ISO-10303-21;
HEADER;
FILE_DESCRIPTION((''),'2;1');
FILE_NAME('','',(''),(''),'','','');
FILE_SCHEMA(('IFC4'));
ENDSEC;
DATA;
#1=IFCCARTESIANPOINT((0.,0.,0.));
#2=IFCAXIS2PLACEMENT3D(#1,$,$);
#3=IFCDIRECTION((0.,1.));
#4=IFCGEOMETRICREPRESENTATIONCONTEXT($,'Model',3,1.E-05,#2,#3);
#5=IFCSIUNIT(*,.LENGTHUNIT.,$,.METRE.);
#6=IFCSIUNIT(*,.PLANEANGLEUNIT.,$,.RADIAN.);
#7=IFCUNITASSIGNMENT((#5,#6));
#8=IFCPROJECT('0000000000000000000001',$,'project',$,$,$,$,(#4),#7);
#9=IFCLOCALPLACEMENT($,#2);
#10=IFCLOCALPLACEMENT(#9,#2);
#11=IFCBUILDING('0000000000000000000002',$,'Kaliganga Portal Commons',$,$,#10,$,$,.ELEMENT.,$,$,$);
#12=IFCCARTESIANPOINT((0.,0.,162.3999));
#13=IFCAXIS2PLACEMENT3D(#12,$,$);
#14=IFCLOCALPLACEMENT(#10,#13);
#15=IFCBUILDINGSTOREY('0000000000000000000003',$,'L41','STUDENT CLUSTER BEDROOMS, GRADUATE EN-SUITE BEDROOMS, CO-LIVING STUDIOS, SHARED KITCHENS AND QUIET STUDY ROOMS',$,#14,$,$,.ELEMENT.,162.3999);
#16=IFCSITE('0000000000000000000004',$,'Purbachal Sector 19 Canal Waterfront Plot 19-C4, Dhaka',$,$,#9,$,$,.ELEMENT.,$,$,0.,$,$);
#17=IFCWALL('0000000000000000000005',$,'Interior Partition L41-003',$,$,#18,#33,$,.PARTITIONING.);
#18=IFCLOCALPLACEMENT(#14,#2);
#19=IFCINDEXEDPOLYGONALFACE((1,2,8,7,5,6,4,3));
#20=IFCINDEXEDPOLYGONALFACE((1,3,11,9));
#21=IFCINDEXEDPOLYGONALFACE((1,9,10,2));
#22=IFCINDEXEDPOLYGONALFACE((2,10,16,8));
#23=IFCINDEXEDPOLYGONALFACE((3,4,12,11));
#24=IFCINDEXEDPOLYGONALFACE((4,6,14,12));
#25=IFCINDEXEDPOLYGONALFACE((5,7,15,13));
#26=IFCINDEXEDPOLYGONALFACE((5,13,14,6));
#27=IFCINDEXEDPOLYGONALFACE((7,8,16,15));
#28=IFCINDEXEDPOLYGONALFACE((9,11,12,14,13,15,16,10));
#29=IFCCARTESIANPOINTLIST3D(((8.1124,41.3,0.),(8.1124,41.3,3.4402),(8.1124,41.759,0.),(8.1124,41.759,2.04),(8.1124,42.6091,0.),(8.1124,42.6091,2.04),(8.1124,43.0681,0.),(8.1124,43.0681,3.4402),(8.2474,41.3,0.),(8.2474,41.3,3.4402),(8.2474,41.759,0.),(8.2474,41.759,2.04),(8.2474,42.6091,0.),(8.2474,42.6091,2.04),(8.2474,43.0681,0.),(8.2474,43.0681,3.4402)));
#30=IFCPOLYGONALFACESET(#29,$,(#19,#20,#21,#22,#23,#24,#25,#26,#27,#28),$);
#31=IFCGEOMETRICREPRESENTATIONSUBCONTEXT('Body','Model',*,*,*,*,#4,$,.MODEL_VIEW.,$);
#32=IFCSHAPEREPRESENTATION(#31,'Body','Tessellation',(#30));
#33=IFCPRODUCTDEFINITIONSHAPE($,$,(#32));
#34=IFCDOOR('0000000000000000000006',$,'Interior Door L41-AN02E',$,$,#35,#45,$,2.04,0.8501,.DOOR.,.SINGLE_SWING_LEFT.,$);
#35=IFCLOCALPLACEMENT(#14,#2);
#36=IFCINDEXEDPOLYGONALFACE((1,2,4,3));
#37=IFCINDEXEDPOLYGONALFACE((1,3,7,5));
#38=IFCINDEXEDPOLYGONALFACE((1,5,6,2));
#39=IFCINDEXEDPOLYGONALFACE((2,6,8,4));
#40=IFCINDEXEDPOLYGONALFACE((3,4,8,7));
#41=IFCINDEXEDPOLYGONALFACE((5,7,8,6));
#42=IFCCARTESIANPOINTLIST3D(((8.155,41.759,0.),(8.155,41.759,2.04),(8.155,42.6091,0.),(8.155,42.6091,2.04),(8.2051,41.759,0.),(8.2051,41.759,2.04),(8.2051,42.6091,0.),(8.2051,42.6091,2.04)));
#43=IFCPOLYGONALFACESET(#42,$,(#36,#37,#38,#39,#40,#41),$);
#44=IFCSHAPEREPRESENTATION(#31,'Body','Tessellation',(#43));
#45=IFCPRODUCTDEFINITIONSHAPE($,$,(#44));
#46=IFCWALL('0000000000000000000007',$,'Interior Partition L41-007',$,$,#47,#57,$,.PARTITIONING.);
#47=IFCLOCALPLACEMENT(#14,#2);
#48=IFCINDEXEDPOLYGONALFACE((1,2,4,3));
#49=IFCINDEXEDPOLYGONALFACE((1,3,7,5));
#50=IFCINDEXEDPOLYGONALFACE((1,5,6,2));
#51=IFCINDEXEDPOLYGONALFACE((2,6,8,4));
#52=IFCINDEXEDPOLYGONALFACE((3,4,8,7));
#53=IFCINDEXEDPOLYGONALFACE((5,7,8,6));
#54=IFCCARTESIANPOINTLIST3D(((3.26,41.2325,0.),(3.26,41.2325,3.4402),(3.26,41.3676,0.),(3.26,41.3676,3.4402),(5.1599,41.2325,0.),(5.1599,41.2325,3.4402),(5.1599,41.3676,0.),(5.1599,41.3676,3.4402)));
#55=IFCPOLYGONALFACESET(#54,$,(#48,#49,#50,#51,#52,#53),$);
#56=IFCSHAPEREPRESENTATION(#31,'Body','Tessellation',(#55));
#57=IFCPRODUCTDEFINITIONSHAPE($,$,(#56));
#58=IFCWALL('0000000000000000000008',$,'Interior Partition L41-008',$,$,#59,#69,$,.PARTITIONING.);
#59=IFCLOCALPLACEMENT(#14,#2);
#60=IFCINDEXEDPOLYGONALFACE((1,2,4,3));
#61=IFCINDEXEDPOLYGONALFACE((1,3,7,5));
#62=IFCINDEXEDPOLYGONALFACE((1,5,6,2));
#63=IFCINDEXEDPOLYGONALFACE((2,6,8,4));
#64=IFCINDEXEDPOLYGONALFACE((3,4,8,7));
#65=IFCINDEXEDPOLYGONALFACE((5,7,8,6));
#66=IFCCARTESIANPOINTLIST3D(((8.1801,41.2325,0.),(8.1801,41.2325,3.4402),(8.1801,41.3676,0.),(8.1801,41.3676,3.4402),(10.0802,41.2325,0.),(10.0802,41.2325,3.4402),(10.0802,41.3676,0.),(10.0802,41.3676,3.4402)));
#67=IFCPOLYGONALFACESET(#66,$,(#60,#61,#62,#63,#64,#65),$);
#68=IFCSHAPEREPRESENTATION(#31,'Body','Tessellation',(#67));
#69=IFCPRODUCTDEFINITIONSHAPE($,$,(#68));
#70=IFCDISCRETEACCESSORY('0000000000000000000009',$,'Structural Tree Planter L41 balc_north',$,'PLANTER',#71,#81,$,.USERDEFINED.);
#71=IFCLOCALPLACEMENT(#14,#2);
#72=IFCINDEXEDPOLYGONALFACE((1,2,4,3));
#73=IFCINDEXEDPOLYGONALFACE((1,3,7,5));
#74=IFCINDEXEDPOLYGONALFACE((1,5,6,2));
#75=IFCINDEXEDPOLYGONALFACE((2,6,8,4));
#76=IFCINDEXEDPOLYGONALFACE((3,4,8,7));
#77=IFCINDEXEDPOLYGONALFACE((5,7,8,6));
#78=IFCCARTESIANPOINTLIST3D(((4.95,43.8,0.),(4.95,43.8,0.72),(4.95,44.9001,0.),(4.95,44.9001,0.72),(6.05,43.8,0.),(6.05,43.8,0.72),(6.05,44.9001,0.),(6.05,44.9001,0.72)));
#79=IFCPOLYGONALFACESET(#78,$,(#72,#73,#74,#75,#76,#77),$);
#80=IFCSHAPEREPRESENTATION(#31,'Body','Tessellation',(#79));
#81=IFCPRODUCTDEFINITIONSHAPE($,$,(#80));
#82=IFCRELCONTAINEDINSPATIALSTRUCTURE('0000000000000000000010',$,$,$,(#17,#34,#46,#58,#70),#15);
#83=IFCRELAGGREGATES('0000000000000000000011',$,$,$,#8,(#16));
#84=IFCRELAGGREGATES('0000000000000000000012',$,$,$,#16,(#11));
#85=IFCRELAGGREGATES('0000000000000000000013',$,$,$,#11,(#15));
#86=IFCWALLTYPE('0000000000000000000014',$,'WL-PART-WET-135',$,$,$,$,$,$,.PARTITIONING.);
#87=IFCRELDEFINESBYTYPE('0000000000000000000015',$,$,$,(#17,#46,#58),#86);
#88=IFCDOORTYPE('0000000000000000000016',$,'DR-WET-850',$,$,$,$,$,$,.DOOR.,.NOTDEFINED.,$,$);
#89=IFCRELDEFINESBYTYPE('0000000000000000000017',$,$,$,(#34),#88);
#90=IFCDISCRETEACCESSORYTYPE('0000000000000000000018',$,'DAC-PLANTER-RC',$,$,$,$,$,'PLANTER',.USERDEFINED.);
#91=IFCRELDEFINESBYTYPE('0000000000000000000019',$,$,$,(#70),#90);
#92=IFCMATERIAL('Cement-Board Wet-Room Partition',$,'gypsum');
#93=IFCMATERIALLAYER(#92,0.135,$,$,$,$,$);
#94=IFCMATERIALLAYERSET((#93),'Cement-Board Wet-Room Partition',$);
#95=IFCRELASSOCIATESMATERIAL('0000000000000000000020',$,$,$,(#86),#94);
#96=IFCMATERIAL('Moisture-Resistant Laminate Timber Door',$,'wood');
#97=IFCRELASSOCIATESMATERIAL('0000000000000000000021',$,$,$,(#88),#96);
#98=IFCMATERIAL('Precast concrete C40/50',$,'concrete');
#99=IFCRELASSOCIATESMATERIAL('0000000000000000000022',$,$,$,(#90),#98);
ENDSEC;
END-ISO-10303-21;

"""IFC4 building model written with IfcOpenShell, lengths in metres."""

from ifc_helpers import new_model, si_unit, direction, frame, frame_2d, origin, origin_2d, place, context, subcontext, project, spatial, rectangle, extrude, source, transform, mapped, material, layer, layer_set, type_object, element, fill, save


model = new_model("IFC4")

# Units and contexts
model_context = context("Model", 3, precision=1e-05, world=origin(), true_north=direction((0.0, 1.0)))
body_context = subcontext(model_context, "Body", "Model", "MODEL_VIEW")
ifc_project = project(units=[si_unit("LENGTHUNIT", "METRE"), si_unit("PLANEANGLEUNIT", "RADIAN")], contexts=[model_context])

# Site, building, storey
site_placement = place(None, origin())
site = spatial("IfcSite", under=ifc_project, at=site_placement, Name="Purbachal Sector 19 Canal Waterfront Plot 19-C4, Dhaka", CompositionType="ELEMENT", RefElevation=0.0)
building_placement = place(site_placement, origin())
building = spatial("IfcBuilding", under=site, at=building_placement, Name="Kaliganga Portal Commons", CompositionType="ELEMENT")
storey_placement = place(building_placement, frame((0.0, 0.0, 162.3999)))
storey = spatial("IfcBuildingStorey", under=building, at=storey_placement, Name="L41", Description="STUDENT CLUSTER BEDROOMS, GRADUATE EN-SUITE BEDROOMS, CO-LIVING STUDIOS, SHARED KITCHENS AND QUIET STUDY ROOMS", CompositionType="ELEMENT", Elevation=162.3999)

# Shared definitions
ifc_material_1 = material(Name="Cement-Board Wet-Room Partition", Category="gypsum")
ifc_layer_1 = layer(ifc_material_1, 0.135)
ifc_layer_set_1 = layer_set([ifc_layer_1], Name="Cement-Board Wet-Room Partition")
wall_type_1 = type_object("IfcWallType", Name="WL-PART-WET-135", PredefinedType="PARTITIONING", material=ifc_layer_set_1)
ifc_material_2 = material(Name="Moisture-Resistant Laminate Timber Door", Category="wood")
door_type_1 = type_object("IfcDoorType", Name="DR-WET-850", OperationType="NOTDEFINED", PredefinedType="DOOR", material=ifc_material_2)

# Wall, opening, door
wall_1_placement = place(storey_placement, frame((8.1799, 41.3, 0.0), z_axis=(0.0, 0.0, 1.0), x_axis=(0.0, 1.0, 0.0)))
wall_1 = element("IfcWall", 1, at=wall_1_placement, inside=storey, type_object=wall_type_1, Name="Interior Partition L41-003", PredefinedType="PARTITIONING", context=body_context, shape_type="SweptSolid", body=[
    extrude(rectangle(XDim=1.7681, YDim=0.135, at=frame_2d((0.884, 0.0))), origin(), (0.0, 0.0, 1.0), 3.4402),
])
opening_1_placement = place(wall_1_placement, frame((0.459, 0.0, 0.0)))
opening_1 = element("IfcOpeningElement", 2, at=opening_1_placement, cuts=wall_1, PredefinedType="OPENING", context=body_context, shape_type="SweptSolid", body=[
    extrude(rectangle(XDim=0.8501, YDim=2.04, at=frame_2d((0.425, 1.02))), frame((0.0, 0.0776, 0.0), z_axis=(0.0, -1.0, 0.0), x_axis=(1.0, 0.0, 0.0)), (0.0, 0.0, 1.0), 0.155),
])
door_1_placement = place(opening_1_placement, origin())
door_1 = element("IfcDoor", 3, at=door_1_placement, inside=storey, type_object=door_type_1, Name="Interior Door L41-AN02E", OperationType="SINGLE_SWING_LEFT", OverallHeight=2.04, OverallWidth=0.8501, PredefinedType="DOOR", context=body_context, shape_type="SweptSolid", body=[
    extrude(rectangle(XDim=0.8501, YDim=2.04, at=frame_2d((0.425, 1.02))), frame((0.0, 0.0249, 0.0), z_axis=(0.0, -1.0, 0.0), x_axis=(1.0, 0.0, 0.0)), (0.0, 0.0, 1.0), 0.05),
])
fill(opening_1, door_1)

# Walls
wall_2_placement = place(storey_placement, frame((3.26, 41.3, 0.0), z_axis=(0.0, 0.0, 1.0), x_axis=(1.0, 0.0, 0.0)))
element("IfcWall", 4, at=wall_2_placement, inside=storey, type_object=wall_type_1, Name="Interior Partition L41-007", PredefinedType="PARTITIONING", context=body_context, shape_type="SweptSolid", body=[
    extrude(rectangle(XDim=1.8999, YDim=0.135, at=frame_2d((0.95, 0.0))), origin(), (0.0, 0.0, 1.0), 3.4402),
])
wall_3_placement = place(storey_placement, frame((8.1799, 41.3, 0.0), z_axis=(0.0, 0.0, 1.0), x_axis=(1.0, 0.0, 0.0)))
element("IfcWall", 5, at=wall_3_placement, inside=storey, type_object=wall_type_1, Name="Interior Partition L41-008", PredefinedType="PARTITIONING", context=body_context, shape_type="SweptSolid", body=[
    extrude(rectangle(XDim=1.9001, YDim=0.135, at=frame_2d((0.9502, 0.0))), origin(), (0.0, 0.0, 1.0), 3.4402),
])

# Discrete accessory
ifc_material_3 = material(Name="Precast concrete C40/50", Category="concrete")
discrete_accessory_type = type_object("IfcDiscreteAccessoryType", Name="DAC-PLANTER-RC", ElementType="PLANTER", PredefinedType="USERDEFINED", material=ifc_material_3)
shared_shape_1 = source(origin(), body_context, "Body", "SweptSolid", [
    extrude(rectangle(XDim=1.1001, YDim=1.1001, at=origin_2d()), origin(), (0.0, 0.0, 1.0), 0.72),
])
discrete_accessory_placement = place(storey_placement, frame((5.5, 44.3501, 0.0), z_axis=(0.0, 0.0, 1.0), x_axis=(1.0, 0.0, 0.0)))
element("IfcDiscreteAccessory", 6, at=discrete_accessory_placement, inside=storey, type_object=discrete_accessory_type, Name="Structural Tree Planter L41 balc_north", ObjectType="PLANTER", PredefinedType="USERDEFINED", context=body_context, shape_type="MappedRepresentation", body=[
    mapped(shared_shape_1, transform((0.0, 0.0, 0.0), x_axis=(1.0, 0.0, 0.0), y_axis=(0.0, 1.0, 0.0), z_axis=(0.0, 0.0, 1.0), scale=1.0)),
])

save(model, "model.ifc")
